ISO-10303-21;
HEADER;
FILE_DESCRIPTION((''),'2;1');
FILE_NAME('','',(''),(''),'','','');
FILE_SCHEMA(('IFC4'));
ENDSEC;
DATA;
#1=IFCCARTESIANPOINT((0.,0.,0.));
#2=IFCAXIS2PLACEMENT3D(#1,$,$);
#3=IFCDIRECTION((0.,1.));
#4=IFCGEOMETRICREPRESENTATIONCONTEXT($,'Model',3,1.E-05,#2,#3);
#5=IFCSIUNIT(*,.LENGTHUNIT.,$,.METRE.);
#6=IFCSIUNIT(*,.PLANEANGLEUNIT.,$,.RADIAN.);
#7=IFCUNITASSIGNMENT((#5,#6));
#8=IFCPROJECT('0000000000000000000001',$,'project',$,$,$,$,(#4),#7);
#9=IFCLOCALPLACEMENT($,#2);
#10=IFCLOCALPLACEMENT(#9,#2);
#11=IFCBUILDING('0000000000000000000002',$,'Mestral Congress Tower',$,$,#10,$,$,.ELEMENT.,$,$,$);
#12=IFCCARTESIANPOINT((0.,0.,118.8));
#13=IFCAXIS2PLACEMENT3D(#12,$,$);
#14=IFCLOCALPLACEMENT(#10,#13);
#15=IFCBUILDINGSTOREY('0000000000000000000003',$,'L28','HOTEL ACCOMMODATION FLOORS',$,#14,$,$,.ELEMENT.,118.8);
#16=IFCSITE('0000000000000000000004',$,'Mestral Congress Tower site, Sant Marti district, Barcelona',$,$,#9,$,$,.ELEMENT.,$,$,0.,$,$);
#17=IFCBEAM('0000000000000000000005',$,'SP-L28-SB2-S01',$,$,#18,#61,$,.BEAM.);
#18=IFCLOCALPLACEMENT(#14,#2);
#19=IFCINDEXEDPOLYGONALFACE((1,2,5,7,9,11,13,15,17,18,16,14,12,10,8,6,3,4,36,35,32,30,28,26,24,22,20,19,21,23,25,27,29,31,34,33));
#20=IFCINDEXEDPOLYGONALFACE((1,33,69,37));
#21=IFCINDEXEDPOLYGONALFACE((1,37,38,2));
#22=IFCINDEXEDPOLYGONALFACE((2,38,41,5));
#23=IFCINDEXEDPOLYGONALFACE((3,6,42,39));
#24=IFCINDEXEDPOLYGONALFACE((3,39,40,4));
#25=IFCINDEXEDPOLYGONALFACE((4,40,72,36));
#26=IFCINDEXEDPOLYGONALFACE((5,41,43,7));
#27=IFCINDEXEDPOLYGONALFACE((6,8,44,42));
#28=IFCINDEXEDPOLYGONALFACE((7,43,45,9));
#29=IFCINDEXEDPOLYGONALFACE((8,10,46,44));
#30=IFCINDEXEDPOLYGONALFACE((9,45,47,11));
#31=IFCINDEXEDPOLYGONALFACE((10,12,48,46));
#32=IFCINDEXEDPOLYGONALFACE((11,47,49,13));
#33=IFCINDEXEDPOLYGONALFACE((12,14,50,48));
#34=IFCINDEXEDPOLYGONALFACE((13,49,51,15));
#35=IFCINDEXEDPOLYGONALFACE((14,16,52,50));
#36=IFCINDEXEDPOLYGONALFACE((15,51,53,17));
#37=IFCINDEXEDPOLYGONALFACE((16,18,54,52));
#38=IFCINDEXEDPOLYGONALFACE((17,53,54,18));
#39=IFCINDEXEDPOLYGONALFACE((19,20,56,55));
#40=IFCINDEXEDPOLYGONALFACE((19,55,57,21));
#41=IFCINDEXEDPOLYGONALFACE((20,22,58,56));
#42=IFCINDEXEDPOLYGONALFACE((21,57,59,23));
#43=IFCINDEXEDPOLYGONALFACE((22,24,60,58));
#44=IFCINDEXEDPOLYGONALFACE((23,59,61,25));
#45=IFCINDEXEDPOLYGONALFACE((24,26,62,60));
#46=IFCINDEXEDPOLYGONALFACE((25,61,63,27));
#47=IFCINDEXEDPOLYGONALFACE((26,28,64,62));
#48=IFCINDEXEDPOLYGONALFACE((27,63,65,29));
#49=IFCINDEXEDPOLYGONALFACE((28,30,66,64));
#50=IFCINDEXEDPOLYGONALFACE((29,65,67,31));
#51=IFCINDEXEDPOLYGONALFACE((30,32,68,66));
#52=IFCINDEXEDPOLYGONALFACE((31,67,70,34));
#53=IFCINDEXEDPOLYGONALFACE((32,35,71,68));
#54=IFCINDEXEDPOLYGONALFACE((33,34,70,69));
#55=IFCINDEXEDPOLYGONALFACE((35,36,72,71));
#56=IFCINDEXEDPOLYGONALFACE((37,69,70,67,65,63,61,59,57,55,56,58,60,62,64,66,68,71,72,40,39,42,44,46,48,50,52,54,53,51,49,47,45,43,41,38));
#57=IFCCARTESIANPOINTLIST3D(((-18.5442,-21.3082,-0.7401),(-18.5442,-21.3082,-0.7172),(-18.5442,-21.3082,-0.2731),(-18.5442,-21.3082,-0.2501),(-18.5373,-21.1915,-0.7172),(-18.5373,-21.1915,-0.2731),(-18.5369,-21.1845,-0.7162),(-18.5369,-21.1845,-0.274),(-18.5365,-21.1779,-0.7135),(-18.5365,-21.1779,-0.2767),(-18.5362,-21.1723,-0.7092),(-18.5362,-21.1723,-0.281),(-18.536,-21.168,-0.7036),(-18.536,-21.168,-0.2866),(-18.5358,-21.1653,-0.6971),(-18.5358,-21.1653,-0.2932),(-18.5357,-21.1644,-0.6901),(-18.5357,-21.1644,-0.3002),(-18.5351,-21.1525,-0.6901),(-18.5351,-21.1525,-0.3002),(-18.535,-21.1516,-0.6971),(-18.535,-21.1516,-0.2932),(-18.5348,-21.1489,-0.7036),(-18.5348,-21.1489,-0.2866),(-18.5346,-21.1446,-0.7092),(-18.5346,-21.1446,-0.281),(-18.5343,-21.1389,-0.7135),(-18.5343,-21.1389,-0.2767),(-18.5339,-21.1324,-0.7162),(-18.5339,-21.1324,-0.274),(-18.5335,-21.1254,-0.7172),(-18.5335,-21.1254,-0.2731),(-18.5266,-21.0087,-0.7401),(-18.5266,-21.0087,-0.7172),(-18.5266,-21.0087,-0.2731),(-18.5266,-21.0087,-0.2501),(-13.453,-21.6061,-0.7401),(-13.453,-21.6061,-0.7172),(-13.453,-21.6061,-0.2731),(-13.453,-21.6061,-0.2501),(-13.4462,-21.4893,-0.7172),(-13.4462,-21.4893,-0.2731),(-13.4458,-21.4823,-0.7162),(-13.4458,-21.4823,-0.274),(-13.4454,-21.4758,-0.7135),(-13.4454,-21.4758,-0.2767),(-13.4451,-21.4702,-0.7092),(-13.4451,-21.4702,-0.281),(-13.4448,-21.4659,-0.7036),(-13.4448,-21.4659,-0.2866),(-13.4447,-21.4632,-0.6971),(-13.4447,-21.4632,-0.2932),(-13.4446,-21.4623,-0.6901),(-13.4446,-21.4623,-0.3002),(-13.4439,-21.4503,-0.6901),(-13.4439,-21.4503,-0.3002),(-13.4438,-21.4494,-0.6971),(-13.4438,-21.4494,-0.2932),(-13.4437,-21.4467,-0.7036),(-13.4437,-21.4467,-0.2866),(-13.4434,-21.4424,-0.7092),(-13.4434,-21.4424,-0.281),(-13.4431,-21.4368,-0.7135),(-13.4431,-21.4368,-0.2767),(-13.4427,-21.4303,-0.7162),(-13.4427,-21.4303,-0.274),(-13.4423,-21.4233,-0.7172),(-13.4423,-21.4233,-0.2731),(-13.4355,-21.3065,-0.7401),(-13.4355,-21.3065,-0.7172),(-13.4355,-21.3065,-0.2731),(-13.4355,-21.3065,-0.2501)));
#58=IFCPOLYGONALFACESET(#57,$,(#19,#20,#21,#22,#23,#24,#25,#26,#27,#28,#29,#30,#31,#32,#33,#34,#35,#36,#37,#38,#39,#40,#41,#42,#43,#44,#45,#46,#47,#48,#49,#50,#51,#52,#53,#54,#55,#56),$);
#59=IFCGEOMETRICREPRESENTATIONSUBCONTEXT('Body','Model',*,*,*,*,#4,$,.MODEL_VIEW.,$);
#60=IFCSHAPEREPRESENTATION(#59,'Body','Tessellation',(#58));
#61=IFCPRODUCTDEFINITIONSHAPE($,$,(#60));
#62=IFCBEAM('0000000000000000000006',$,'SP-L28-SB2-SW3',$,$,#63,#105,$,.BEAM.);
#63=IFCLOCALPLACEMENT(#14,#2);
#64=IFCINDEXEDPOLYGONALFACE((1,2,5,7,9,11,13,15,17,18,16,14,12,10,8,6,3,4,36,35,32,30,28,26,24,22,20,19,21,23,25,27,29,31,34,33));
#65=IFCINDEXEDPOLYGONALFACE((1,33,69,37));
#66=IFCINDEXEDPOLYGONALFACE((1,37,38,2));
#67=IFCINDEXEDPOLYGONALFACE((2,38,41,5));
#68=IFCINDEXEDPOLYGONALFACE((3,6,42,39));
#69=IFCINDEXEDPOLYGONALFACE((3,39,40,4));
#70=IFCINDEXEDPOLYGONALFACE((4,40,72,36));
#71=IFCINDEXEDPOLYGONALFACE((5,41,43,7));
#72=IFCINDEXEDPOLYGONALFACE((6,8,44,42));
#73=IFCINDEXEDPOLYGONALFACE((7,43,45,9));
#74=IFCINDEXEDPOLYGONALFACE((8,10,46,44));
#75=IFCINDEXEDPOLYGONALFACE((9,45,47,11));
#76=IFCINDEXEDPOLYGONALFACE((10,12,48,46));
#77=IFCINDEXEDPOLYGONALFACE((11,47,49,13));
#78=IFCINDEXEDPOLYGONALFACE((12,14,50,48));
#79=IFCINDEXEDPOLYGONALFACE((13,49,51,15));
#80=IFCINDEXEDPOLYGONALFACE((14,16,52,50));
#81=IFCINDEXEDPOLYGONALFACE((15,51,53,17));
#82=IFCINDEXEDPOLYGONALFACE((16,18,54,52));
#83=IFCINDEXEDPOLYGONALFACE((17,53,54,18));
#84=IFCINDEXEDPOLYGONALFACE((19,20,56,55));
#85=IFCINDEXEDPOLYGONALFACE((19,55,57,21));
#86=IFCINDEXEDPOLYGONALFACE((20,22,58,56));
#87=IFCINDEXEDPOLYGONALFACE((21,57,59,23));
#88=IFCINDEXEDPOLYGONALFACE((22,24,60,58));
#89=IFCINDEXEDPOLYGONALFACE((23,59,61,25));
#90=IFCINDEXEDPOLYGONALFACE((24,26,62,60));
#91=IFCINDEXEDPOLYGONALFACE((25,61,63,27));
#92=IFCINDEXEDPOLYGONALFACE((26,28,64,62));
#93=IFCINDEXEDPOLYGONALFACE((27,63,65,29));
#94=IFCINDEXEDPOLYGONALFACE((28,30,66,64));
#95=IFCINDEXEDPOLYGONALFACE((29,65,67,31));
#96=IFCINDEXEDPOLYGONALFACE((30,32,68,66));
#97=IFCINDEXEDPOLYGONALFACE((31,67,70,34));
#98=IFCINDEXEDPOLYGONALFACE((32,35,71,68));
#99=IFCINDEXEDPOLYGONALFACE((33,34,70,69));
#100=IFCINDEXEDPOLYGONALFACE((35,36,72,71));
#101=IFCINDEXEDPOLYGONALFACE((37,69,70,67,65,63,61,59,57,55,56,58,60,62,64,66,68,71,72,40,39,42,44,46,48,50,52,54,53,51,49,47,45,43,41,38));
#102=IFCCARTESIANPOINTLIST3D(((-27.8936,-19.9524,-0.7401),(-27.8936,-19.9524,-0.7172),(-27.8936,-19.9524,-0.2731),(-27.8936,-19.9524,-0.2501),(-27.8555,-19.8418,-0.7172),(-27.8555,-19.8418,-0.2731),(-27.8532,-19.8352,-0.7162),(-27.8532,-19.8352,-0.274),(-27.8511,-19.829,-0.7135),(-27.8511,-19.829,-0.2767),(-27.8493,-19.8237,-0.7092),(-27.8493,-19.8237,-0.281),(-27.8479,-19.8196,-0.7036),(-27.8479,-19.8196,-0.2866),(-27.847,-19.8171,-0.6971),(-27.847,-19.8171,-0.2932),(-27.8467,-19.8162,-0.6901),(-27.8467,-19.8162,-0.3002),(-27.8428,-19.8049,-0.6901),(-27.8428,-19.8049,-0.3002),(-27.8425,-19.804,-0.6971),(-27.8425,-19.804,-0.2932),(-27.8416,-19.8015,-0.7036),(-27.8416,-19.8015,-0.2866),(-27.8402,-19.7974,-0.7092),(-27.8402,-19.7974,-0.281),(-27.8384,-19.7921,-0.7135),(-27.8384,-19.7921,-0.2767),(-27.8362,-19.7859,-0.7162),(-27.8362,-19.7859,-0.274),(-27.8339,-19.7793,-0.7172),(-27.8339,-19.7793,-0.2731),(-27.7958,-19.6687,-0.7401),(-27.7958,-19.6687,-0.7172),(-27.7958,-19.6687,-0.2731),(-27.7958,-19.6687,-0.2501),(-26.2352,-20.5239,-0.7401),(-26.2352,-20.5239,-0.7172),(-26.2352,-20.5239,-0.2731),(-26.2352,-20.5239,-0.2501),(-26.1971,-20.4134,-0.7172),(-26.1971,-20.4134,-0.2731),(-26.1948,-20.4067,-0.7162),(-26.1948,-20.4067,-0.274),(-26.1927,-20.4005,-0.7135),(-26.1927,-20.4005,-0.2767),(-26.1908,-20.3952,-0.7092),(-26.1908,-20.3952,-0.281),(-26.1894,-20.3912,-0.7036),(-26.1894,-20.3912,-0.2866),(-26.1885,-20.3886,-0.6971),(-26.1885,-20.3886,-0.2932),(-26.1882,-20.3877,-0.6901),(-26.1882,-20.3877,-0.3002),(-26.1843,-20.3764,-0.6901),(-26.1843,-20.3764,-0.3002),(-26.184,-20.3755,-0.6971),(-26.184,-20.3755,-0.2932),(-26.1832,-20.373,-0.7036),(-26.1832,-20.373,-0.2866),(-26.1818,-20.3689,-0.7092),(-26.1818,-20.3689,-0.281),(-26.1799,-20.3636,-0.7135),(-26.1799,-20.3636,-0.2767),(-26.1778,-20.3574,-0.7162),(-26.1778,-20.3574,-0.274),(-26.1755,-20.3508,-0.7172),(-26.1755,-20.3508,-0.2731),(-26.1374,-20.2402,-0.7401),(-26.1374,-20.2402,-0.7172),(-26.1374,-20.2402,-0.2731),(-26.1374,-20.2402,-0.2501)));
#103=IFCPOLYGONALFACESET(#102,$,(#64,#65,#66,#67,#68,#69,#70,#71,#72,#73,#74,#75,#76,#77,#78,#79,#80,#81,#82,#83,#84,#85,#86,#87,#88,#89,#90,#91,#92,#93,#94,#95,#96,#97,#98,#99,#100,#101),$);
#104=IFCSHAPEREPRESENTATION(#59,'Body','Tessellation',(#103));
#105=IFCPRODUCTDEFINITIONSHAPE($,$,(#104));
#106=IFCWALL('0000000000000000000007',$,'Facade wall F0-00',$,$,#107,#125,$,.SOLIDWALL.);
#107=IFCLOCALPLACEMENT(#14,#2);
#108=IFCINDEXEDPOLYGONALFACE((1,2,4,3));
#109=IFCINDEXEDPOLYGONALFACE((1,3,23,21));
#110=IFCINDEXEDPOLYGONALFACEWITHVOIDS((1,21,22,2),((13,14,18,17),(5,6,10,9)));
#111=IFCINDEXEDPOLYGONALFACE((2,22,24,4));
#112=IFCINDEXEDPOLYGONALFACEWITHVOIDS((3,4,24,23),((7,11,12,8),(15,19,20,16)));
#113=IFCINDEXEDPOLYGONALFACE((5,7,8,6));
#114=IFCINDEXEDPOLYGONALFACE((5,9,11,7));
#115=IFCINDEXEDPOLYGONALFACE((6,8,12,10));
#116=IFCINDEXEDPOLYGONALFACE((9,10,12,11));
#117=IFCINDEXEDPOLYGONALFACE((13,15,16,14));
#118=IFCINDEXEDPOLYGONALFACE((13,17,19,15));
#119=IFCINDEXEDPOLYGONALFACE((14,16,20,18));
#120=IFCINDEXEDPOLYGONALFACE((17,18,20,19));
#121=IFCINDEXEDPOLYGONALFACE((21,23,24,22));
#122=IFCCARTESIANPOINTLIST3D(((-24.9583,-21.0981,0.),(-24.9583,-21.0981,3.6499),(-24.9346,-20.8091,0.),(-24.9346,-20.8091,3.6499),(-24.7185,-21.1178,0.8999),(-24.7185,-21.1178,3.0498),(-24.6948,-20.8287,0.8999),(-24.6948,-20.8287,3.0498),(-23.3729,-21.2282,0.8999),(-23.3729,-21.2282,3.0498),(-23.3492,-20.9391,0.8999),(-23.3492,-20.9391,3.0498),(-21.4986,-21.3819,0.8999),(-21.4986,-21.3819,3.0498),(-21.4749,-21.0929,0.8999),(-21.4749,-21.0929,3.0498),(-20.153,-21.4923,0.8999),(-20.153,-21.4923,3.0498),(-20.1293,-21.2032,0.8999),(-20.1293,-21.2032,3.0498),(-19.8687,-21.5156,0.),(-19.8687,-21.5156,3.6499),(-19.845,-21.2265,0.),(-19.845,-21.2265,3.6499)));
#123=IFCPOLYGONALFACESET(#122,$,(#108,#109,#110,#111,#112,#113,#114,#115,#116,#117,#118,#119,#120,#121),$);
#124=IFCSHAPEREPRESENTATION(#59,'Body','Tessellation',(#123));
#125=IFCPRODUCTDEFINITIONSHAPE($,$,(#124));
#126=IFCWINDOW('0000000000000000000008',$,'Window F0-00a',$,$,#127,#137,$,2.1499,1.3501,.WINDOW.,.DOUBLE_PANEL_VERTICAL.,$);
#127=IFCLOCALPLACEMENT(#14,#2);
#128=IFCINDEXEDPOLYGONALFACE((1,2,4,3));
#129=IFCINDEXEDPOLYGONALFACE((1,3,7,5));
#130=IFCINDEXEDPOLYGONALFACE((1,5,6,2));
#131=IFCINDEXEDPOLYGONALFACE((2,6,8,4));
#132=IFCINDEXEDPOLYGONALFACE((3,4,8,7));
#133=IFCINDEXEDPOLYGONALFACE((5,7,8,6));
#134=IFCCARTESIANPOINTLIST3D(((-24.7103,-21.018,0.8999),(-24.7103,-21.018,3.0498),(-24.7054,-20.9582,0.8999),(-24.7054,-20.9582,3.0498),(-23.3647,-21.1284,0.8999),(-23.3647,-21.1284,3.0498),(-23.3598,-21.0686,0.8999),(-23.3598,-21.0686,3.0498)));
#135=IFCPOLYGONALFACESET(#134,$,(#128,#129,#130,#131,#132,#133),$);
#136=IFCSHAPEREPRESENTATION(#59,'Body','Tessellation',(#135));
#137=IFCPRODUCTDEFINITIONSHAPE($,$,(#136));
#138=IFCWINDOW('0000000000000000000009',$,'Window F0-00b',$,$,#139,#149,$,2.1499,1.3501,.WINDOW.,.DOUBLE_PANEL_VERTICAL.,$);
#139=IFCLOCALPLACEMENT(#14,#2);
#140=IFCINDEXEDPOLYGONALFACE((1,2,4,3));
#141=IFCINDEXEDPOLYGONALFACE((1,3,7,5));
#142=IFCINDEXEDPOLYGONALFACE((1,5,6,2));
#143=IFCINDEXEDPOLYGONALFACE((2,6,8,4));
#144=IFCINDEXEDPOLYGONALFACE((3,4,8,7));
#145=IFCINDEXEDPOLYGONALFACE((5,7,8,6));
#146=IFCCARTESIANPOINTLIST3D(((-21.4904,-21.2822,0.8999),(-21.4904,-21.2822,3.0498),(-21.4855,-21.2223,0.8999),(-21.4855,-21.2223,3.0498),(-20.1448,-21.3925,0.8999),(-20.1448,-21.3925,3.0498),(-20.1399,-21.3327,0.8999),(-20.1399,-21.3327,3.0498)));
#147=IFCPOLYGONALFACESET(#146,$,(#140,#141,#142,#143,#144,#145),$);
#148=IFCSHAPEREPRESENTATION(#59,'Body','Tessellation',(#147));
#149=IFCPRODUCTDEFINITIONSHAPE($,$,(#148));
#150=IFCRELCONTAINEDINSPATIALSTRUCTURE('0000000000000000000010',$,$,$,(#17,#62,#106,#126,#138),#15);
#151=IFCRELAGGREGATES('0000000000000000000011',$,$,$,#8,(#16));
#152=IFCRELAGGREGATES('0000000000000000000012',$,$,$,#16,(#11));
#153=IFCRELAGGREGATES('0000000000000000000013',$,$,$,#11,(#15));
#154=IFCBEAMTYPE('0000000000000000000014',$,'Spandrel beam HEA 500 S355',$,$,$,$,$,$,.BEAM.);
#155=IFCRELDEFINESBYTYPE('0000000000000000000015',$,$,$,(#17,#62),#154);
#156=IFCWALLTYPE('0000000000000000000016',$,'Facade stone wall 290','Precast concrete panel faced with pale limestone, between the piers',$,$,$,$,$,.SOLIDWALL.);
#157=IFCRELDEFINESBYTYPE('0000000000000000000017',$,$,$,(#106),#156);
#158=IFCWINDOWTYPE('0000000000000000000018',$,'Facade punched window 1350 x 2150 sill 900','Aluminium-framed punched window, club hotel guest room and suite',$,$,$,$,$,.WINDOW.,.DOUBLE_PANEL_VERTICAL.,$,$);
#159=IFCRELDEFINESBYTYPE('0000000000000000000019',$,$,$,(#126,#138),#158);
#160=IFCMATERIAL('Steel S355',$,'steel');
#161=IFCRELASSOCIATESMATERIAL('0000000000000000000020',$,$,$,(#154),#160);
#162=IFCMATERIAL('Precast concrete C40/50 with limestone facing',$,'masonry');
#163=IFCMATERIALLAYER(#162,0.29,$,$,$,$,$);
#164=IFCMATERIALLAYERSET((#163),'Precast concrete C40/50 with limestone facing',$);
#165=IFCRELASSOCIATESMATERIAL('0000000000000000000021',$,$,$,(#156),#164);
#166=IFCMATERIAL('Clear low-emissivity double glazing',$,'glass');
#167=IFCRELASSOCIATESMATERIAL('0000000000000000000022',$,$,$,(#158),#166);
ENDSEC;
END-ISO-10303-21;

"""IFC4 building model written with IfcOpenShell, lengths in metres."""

from ifc_helpers import new_model, si_unit, direction, frame, frame_2d, origin, origin_2d, place, context, subcontext, project, spatial, rectangle, i_section, extrude, material, layer, layer_set, material_profile, profile_set, type_object, element, fill, save


model = new_model("IFC4")

# Units and contexts
model_context = context("Model", 3, precision=1e-05, world=origin(), true_north=direction((0.0, 1.0)))
body_context = subcontext(model_context, "Body", "Model", "MODEL_VIEW")
ifc_project = project(units=[si_unit("LENGTHUNIT", "METRE"), si_unit("PLANEANGLEUNIT", "RADIAN")], contexts=[model_context])

# Site, building, storey
site_placement = place(None, origin())
site = spatial("IfcSite", under=ifc_project, at=site_placement, Name="Mestral Congress Tower site, Sant Marti district, Barcelona", CompositionType="ELEMENT", RefElevation=0.0)
building_placement = place(site_placement, origin())
building = spatial("IfcBuilding", under=site, at=building_placement, Name="Mestral Congress Tower", CompositionType="ELEMENT")
storey_placement = place(building_placement, frame((0.0, 0.0, 118.8)))
storey = spatial("IfcBuildingStorey", under=building, at=storey_placement, Name="L28", Description="HOTEL ACCOMMODATION FLOORS", CompositionType="ELEMENT", Elevation=118.8)

# Beams
ifc_material_1 = material(Name="Steel S355", Category="steel")
ifc_material_profile_1 = material_profile(ifc_material_1, i_section(OverallWidth=0.3, OverallDepth=0.49, WebThickness=0.012, FlangeThickness=0.0229, FilletRadius=0.0271, at=origin_2d()), Name="HEA 500")
ifc_profile_set_1 = profile_set([ifc_material_profile_1], Name="Steel S355")
beam_type_1 = type_object("IfcBeamType", Name="Spandrel beam HEA 500 S355", PredefinedType="BEAM", material=ifc_profile_set_1)
beam_1_placement = place(storey_placement, frame((-18.5354, -21.1584, -0.4951), z_axis=(0.998293, -0.058405, 0.0), x_axis=(0.058405, 0.998293, 0.0)))
element("IfcBeam", 1, at=beam_1_placement, inside=storey, type_object=beam_type_1, Name="SP-L28-SB2-S01", PredefinedType="BEAM", context=body_context, shape_type="SweptSolid", body=[
    extrude(i_section(OverallWidth=0.3, OverallDepth=0.49, WebThickness=0.012, FlangeThickness=0.0229, FilletRadius=0.0271, at=origin_2d()), origin(), (0.0, 0.0, 1.0), 5.0999),
])
beam_2_placement = place(storey_placement, frame((-27.8447, -19.8105, -0.4951), z_axis=(0.945434, -0.325815, 0.0), x_axis=(0.325815, 0.945434, 0.0)))
element("IfcBeam", 2, at=beam_2_placement, inside=storey, type_object=beam_type_1, Name="SP-L28-SB2-SW3", PredefinedType="BEAM", context=body_context, shape_type="SweptSolid", body=[
    extrude(i_section(OverallWidth=0.3, OverallDepth=0.49, WebThickness=0.012, FlangeThickness=0.0229, FilletRadius=0.0271, at=origin_2d()), origin(), (0.0, 0.0, 1.0), 1.7542),
])

# Wall, openings, windows
ifc_material_2 = material(Name="Precast concrete C40/50 with limestone facing", Category="masonry")
ifc_layer_1 = layer(ifc_material_2, 0.29)
ifc_layer_set_1 = layer_set([ifc_layer_1], Name="Precast concrete C40/50 with limestone facing")
wall_type_1 = type_object("IfcWallType", Name="Facade stone wall 290", Description="Precast concrete panel faced with pale limestone, between the piers", PredefinedType="SOLIDWALL", material=ifc_layer_set_1)
wall_1_placement = place(storey_placement, frame((-24.9463, -20.9536, 0.0), z_axis=(0.0, 0.0, 1.0), x_axis=(0.996653, -0.081752, 0.0)))
wall_1 = element("IfcWall", 3, at=wall_1_placement, inside=storey, type_object=wall_type_1, Name="Facade wall F0-00", PredefinedType="SOLIDWALL", context=body_context, shape_type="SweptSolid", body=[
    extrude(rectangle(XDim=5.1067, YDim=0.29, at=frame_2d((2.5532, 0.0))), origin(), (0.0, 0.0, 1.0), 3.6499),
])
opening_1_placement = place(wall_1_placement, frame((0.2405, 0.0, 0.8999)))
opening_1 = element("IfcOpeningElement", 4, at=opening_1_placement, cuts=wall_1, PredefinedType="OPENING", context=body_context, shape_type="SweptSolid", body=[
    extrude(rectangle(XDim=1.3501, YDim=2.1499, at=frame_2d((0.675, 1.075))), frame((0.0, 0.155, 0.0), z_axis=(0.0, -1.0, 0.0), x_axis=(1.0, 0.0, 0.0)), (0.0, 0.0, 1.0), 0.3101),
])
opening_2_placement = place(wall_1_placement, frame((3.4712, 0.0, 0.8999)))
opening_2 = element("IfcOpeningElement", 5, at=opening_2_placement, cuts=wall_1, PredefinedType="OPENING", context=body_context, shape_type="SweptSolid", body=[
    extrude(rectangle(XDim=1.3501, YDim=2.1499, at=frame_2d((0.675, 1.075))), frame((0.0, 0.155, 0.0), z_axis=(0.0, -1.0, 0.0), x_axis=(1.0, 0.0, 0.0)), (0.0, 0.0, 1.0), 0.3101),
])
ifc_material_3 = material(Name="Clear low-emissivity double glazing", Category="glass")
window_type_1 = type_object("IfcWindowType", Name="Facade punched window 1350 x 2150 sill 900", Description="Aluminium-framed punched window, club hotel guest room and suite", PartitioningType="DOUBLE_PANEL_VERTICAL", PredefinedType="WINDOW", material=ifc_material_3)
window_1_placement = place(opening_1_placement, origin())
window_1 = element("IfcWindow", 6, at=window_1_placement, inside=storey, type_object=window_type_1, Name="Window F0-00a", OverallHeight=2.1499, OverallWidth=1.3501, PartitioningType="DOUBLE_PANEL_VERTICAL", PredefinedType="WINDOW", context=body_context, shape_type="SweptSolid", body=[
    extrude(rectangle(XDim=1.3501, YDim=2.1499, at=frame_2d((0.675, 1.075))), frame((0.0, 0.0151, 0.0), z_axis=(0.0, -1.0, 0.0), x_axis=(1.0, 0.0, 0.0)), (0.0, 0.0, 1.0), 0.0601),
])
fill(opening_1, window_1)
window_2_placement = place(opening_2_placement, origin())
window_2 = element("IfcWindow", 7, at=window_2_placement, inside=storey, type_object=window_type_1, Name="Window F0-00b", OverallHeight=2.1499, OverallWidth=1.3501, PartitioningType="DOUBLE_PANEL_VERTICAL", PredefinedType="WINDOW", context=body_context, shape_type="SweptSolid", body=[
    extrude(rectangle(XDim=1.3501, YDim=2.1499, at=frame_2d((0.675, 1.075))), frame((0.0, 0.0151, 0.0), z_axis=(0.0, -1.0, 0.0), x_axis=(1.0, 0.0, 0.0)), (0.0, 0.0, 1.0), 0.0601),
])
fill(opening_2, window_2)

save(model, "model.ifc")
